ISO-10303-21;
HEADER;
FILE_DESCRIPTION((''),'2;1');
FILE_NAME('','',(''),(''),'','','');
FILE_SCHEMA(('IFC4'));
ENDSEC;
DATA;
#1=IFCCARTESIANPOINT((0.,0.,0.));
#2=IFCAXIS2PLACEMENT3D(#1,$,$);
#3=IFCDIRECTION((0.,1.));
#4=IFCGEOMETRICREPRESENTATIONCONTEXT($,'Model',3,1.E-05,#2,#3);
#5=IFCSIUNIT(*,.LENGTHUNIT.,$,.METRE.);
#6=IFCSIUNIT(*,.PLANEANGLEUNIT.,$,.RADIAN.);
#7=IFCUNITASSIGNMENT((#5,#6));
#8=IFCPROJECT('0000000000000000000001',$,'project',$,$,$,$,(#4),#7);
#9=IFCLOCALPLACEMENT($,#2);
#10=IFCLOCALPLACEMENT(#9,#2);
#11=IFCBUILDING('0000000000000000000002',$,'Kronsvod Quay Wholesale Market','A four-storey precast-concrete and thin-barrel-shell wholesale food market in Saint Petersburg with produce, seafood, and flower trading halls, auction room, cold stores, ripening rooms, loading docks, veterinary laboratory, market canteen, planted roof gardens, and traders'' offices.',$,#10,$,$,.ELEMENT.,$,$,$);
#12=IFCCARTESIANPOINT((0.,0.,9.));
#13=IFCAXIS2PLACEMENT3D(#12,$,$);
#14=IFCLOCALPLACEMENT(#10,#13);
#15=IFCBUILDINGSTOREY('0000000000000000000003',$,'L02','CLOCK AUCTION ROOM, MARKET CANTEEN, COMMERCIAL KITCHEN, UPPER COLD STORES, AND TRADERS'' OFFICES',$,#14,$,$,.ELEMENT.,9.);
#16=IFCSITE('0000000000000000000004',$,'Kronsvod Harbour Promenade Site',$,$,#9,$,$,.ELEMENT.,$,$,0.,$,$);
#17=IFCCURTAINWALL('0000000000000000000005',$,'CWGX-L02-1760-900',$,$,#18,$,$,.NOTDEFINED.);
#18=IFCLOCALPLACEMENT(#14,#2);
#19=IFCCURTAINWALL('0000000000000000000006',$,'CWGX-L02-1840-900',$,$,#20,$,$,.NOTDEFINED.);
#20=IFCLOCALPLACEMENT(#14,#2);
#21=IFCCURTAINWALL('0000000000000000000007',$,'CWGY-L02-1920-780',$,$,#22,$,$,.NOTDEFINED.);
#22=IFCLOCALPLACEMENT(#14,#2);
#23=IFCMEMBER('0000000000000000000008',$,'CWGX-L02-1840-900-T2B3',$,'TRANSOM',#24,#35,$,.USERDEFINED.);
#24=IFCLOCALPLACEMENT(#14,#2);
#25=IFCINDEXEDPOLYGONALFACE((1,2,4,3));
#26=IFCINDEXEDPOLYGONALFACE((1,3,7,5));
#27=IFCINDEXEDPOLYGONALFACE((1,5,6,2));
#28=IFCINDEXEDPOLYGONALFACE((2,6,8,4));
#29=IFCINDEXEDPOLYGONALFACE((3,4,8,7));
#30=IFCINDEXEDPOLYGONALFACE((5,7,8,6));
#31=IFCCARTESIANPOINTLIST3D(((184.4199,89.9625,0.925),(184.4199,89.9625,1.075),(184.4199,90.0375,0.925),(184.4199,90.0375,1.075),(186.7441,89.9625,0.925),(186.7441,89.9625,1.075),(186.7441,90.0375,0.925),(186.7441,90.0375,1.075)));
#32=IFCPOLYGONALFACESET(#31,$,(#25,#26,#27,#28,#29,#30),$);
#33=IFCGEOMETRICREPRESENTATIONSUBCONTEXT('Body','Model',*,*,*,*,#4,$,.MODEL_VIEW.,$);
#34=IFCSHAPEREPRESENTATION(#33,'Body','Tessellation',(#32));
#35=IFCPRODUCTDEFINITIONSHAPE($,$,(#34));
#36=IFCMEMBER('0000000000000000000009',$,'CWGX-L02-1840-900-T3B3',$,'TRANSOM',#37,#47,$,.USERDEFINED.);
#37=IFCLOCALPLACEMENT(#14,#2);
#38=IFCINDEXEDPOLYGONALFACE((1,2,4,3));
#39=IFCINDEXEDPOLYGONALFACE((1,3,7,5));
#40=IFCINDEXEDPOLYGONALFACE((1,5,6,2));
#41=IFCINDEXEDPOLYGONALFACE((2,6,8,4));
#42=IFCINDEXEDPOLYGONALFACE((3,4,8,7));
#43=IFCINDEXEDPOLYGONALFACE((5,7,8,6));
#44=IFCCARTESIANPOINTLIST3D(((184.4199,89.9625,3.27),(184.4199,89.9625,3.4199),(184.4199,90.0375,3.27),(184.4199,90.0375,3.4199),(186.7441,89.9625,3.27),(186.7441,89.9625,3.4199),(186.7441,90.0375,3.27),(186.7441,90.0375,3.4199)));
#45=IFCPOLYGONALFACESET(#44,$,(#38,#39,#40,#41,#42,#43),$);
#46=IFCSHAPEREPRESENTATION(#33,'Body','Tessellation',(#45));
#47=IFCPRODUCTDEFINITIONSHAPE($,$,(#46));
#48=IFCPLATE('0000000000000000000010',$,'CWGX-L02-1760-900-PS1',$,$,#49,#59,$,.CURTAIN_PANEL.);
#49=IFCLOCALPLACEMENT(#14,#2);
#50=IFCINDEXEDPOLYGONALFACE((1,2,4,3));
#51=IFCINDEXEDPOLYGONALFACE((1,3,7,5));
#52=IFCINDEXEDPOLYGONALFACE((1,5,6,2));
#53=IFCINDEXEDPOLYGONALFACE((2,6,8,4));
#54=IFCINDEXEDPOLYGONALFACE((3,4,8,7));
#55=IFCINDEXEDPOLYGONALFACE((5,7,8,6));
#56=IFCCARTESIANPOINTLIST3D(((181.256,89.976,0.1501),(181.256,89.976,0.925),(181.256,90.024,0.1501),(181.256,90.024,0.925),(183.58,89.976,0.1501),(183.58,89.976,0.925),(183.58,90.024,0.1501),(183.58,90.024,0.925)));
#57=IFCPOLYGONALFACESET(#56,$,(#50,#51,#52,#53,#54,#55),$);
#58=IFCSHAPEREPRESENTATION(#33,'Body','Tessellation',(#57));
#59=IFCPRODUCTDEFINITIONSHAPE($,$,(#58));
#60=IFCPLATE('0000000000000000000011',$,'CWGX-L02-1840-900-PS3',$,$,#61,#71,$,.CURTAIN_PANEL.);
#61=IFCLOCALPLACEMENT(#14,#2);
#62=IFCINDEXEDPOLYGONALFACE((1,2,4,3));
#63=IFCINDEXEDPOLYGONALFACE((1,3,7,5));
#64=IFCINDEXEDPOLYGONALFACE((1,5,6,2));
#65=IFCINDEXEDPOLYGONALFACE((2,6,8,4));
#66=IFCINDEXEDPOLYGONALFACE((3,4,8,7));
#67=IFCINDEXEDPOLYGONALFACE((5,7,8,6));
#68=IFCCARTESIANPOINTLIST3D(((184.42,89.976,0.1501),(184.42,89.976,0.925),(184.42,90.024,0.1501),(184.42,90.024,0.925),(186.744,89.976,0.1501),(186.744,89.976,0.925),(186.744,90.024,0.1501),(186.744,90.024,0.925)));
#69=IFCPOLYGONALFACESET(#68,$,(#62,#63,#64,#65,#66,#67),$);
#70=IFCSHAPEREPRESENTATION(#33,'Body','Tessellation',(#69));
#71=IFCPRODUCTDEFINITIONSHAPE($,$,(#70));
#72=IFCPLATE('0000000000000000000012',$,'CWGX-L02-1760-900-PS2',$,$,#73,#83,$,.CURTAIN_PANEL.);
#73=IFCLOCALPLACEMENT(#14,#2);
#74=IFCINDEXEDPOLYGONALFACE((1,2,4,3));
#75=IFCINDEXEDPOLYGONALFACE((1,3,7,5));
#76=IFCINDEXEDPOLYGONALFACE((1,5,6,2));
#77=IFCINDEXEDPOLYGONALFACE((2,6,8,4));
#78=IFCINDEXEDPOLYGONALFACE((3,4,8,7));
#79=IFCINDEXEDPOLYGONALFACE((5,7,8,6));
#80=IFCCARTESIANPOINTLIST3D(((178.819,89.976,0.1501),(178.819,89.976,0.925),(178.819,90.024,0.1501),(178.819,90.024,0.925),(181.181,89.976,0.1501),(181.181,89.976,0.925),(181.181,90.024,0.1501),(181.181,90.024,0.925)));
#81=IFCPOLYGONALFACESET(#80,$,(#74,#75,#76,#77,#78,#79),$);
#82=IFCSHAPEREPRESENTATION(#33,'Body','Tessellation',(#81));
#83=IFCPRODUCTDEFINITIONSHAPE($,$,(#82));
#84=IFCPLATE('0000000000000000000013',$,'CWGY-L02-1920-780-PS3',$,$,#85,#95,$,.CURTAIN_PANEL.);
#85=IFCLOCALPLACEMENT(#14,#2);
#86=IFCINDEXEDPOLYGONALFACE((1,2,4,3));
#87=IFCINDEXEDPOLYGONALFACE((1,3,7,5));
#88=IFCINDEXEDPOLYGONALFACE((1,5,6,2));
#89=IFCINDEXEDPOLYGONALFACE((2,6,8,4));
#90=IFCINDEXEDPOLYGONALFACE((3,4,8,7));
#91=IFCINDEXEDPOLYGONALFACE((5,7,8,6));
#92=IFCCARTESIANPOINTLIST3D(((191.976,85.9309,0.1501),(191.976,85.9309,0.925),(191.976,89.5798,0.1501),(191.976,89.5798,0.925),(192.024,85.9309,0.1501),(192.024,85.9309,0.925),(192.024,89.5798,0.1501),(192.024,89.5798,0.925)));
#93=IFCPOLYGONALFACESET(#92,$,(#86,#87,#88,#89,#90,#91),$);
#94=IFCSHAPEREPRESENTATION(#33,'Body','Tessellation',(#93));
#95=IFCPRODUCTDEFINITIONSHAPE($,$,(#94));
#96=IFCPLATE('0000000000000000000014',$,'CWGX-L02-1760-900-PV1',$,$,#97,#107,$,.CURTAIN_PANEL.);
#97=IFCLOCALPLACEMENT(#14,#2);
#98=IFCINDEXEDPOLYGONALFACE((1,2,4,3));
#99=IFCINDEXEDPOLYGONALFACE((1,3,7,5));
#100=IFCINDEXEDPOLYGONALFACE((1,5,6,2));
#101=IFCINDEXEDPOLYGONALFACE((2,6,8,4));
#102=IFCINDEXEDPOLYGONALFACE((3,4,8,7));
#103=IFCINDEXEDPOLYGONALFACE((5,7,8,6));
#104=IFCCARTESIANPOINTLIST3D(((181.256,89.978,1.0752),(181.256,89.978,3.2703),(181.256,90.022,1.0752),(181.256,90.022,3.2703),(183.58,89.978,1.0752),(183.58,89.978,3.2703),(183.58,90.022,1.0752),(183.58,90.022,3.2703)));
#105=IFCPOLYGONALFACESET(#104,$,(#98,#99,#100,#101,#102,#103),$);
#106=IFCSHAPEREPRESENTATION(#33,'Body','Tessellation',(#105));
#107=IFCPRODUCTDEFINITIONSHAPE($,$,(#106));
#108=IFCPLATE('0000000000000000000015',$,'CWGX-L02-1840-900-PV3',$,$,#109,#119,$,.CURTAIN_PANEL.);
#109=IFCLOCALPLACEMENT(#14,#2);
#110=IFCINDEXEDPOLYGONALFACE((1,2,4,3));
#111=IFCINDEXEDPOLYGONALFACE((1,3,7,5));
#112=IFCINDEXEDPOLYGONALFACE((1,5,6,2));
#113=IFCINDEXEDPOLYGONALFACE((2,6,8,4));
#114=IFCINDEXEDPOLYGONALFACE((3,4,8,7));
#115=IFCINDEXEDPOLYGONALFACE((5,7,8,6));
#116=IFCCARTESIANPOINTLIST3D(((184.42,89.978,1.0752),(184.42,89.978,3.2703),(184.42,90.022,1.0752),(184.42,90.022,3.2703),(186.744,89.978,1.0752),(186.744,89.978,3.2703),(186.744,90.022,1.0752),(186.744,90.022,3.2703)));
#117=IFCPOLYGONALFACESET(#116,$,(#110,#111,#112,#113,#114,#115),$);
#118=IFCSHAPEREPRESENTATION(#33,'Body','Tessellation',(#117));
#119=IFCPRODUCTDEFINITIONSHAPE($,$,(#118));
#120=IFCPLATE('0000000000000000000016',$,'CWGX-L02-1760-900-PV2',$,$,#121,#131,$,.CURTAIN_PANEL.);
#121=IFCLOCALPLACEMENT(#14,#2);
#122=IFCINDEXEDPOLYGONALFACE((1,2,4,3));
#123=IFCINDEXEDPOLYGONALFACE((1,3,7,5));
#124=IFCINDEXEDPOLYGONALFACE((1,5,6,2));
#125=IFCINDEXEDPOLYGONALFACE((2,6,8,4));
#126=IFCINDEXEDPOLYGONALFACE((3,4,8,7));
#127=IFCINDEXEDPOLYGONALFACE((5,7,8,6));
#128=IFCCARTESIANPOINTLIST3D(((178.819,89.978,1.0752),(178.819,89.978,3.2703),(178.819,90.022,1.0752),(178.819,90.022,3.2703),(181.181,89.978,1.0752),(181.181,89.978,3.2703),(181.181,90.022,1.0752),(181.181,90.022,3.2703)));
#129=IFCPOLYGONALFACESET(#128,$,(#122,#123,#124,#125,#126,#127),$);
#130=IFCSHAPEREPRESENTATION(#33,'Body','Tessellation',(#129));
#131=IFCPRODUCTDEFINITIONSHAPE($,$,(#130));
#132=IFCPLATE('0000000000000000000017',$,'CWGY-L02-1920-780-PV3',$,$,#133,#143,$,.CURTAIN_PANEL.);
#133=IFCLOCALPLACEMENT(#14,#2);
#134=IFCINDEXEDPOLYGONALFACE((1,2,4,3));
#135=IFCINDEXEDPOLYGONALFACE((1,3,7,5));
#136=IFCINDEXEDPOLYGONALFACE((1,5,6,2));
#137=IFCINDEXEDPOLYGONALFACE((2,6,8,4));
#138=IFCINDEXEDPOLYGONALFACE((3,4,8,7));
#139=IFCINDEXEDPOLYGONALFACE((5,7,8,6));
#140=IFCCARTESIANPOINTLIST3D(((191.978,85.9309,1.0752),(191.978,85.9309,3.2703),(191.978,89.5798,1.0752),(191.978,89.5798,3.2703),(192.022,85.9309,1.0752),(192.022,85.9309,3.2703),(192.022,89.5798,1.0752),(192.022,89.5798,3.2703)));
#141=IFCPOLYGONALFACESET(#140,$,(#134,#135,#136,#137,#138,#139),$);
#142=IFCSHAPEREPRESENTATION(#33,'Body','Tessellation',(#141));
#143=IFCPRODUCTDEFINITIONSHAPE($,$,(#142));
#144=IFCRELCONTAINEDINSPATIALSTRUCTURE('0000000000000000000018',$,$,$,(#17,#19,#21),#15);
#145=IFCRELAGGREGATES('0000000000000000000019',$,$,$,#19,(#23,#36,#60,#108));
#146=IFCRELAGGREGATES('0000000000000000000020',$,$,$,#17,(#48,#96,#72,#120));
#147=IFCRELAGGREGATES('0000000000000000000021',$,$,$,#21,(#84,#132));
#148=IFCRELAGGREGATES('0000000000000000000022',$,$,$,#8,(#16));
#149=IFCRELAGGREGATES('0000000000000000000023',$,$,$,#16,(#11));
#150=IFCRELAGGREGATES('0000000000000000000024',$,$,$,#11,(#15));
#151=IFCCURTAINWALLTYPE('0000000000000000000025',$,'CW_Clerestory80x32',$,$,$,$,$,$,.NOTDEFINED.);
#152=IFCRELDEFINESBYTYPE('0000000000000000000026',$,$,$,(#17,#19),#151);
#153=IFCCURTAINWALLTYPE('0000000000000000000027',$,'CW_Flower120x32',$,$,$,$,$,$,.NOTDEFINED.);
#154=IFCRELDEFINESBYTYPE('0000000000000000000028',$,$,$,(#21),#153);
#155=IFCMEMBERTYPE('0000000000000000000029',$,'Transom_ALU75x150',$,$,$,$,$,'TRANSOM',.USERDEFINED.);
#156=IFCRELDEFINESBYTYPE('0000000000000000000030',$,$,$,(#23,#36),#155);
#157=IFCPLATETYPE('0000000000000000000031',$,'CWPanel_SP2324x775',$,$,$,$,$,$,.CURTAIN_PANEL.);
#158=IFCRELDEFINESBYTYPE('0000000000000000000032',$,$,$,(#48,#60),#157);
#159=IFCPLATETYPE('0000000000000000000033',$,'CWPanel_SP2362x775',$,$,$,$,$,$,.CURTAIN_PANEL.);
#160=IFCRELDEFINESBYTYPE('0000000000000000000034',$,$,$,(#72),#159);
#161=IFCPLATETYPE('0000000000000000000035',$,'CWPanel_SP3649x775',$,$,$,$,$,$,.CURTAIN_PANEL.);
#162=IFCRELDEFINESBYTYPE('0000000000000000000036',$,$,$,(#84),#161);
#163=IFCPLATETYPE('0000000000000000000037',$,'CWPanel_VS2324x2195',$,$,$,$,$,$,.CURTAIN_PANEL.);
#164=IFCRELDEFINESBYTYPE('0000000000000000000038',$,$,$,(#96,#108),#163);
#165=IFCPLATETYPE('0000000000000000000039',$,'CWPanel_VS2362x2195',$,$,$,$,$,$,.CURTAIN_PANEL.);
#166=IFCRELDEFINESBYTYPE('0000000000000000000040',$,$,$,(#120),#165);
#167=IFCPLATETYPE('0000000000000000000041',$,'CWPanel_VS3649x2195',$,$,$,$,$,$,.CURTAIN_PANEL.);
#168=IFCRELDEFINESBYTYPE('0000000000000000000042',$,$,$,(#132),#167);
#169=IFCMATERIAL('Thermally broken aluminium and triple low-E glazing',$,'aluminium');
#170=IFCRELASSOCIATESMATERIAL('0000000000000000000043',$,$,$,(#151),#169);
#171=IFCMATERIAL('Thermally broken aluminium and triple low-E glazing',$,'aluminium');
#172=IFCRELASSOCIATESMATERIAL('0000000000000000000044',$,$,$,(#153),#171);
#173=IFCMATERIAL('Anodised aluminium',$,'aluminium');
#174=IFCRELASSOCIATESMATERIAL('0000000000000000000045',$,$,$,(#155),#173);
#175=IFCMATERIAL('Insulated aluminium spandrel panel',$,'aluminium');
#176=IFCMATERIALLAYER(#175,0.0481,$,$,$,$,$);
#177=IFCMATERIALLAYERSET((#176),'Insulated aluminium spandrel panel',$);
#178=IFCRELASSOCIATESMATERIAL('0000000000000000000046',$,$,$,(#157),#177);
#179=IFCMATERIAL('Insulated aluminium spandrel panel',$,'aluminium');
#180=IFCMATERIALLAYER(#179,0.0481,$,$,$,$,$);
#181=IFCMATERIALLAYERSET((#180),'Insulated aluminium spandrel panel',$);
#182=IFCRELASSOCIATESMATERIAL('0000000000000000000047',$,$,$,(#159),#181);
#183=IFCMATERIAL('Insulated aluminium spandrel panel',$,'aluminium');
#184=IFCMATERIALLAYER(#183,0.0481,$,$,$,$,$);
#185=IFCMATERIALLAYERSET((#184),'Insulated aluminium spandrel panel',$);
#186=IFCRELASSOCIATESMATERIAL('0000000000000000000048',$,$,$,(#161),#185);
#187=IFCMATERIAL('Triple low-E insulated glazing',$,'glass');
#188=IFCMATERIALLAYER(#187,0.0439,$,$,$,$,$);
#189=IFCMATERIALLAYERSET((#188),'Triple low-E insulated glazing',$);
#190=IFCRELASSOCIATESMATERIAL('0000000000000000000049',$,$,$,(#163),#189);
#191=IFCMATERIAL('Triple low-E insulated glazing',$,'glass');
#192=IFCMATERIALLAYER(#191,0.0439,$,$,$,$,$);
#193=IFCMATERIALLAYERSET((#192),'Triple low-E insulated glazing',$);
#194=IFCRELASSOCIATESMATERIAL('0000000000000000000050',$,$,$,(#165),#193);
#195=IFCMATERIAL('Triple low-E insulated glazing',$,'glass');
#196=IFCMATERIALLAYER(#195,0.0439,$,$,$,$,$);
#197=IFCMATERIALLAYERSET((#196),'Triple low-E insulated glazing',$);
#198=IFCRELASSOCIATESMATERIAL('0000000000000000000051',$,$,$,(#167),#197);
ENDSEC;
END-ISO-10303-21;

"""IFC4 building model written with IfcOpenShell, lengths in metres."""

from ifc_helpers import new_model, si_unit, direction, frame, origin, origin_2d, place, context, subcontext, project, spatial, rectangle, extrude, material, layer, layer_set, material_profile, profile_set, type_object, element, aggregate, save


model = new_model("IFC4")

# Units and contexts
model_context = context("Model", 3, precision=1e-05, world=origin(), true_north=direction((0.0, 1.0)))
body_context = subcontext(model_context, "Body", "Model", "MODEL_VIEW")
ifc_project = project(units=[si_unit("LENGTHUNIT", "METRE"), si_unit("PLANEANGLEUNIT", "RADIAN")], contexts=[model_context])

# Site, building, storey
site_placement = place(None, origin())
site = spatial("IfcSite", under=ifc_project, at=site_placement, Name="Kronsvod Harbour Promenade Site", CompositionType="ELEMENT", RefElevation=0.0)
building_placement = place(site_placement, origin())
building = spatial("IfcBuilding", under=site, at=building_placement, Name="Kronsvod Quay Wholesale Market", Description="A four-storey precast-concrete and thin-barrel-shell wholesale food market in Saint Petersburg with produce, seafood, and flower trading halls, auction room, cold stores, ripening rooms, loading docks, veterinary laboratory, market canteen, planted roof gardens, and traders' offices.", CompositionType="ELEMENT")
storey_placement = place(building_placement, frame((0.0, 0.0, 9.0)))
storey = spatial("IfcBuildingStorey", under=building, at=storey_placement, Name="L02", Description="CLOCK AUCTION ROOM, MARKET CANTEEN, COMMERCIAL KITCHEN, UPPER COLD STORES, AND TRADERS' OFFICES", CompositionType="ELEMENT", Elevation=9.0)

# Curtain walls
ifc_material_1 = material(Name="Thermally broken aluminium and triple low-E glazing", Category="aluminium")
curtain_wall_type_1 = type_object("IfcCurtainWallType", Name="CW_Clerestory80x32", PredefinedType="NOTDEFINED", material=ifc_material_1)
curtain_wall_1_placement = place(storey_placement, origin())
curtain_wall_1 = element("IfcCurtainWall", 1, at=curtain_wall_1_placement, inside=storey, type_object=curtain_wall_type_1, Name="CWGX-L02-1760-900", PredefinedType="NOTDEFINED")
curtain_wall_2_placement = place(storey_placement, origin())
curtain_wall_2 = element("IfcCurtainWall", 2, at=curtain_wall_2_placement, inside=storey, type_object=curtain_wall_type_1, Name="CWGX-L02-1840-900", PredefinedType="NOTDEFINED")

# Curtain wall
ifc_material_2 = material(Name="Thermally broken aluminium and triple low-E glazing", Category="aluminium")
curtain_wall_type_2 = type_object("IfcCurtainWallType", Name="CW_Flower120x32", PredefinedType="NOTDEFINED", material=ifc_material_2)
curtain_wall_3_placement = place(storey_placement, origin())
curtain_wall_3 = element("IfcCurtainWall", 3, at=curtain_wall_3_placement, inside=storey, type_object=curtain_wall_type_2, Name="CWGY-L02-1920-780", PredefinedType="NOTDEFINED")

# Members
ifc_material_3 = material(Name="Anodised aluminium", Category="aluminium")
ifc_material_profile_1 = material_profile(ifc_material_3, rectangle(XDim=0.075, YDim=0.1499, at=origin_2d()), Name="ALUT75x150")
ifc_profile_set_1 = profile_set([ifc_material_profile_1], Name="Anodised aluminium")
member_type_1 = type_object("IfcMemberType", Name="Transom_ALU75x150", ElementType="TRANSOM", PredefinedType="USERDEFINED", material=ifc_profile_set_1)
member_1_placement = place(storey_placement, frame((186.7441, 90.0, 1.0), z_axis=(-1.0, 0.0, 0.0), x_axis=(0.0, -1.0, 0.0)))
member_1 = element("IfcMember", 4, at=member_1_placement, type_object=member_type_1, Name="CWGX-L02-1840-900-T2B3", ObjectType="TRANSOM", PredefinedType="USERDEFINED", context=body_context, shape_type="SweptSolid", body=[
    extrude(rectangle(XDim=0.075, YDim=0.1499, at=origin_2d()), origin(), (0.0, 0.0, 1.0), 2.3242),
])
member_2_placement = place(storey_placement, frame((186.7441, 90.0, 3.345), z_axis=(-1.0, 0.0, 0.0), x_axis=(0.0, -1.0, 0.0)))
member_2 = element("IfcMember", 5, at=member_2_placement, type_object=member_type_1, Name="CWGX-L02-1840-900-T3B3", ObjectType="TRANSOM", PredefinedType="USERDEFINED", context=body_context, shape_type="SweptSolid", body=[
    extrude(rectangle(XDim=0.075, YDim=0.1499, at=origin_2d()), origin(), (0.0, 0.0, 1.0), 2.3242),
])

# Plates
ifc_material_4 = material(Name="Insulated aluminium spandrel panel", Category="aluminium")
ifc_layer_1 = layer(ifc_material_4, 0.0481)
ifc_layer_set_1 = layer_set([ifc_layer_1], Name="Insulated aluminium spandrel panel")
plate_type_1 = type_object("IfcPlateType", Name="CWPanel_SP2324x775", PredefinedType="CURTAIN_PANEL", material=ifc_layer_set_1)
plate_1_placement = place(storey_placement, frame((182.418, 90.0, 0.1501), z_axis=(0.0, 0.0, 1.0), x_axis=(-1.0, 0.0, 0.0)))
plate_1 = element("IfcPlate", 6, at=plate_1_placement, type_object=plate_type_1, Name="CWGX-L02-1760-900-PS1", PredefinedType="CURTAIN_PANEL", context=body_context, shape_type="SweptSolid", body=[
    extrude(rectangle(XDim=2.324, YDim=0.0481, at=origin_2d()), origin(), (0.0, 0.0, 1.0), 0.7749),
])
plate_2_placement = place(storey_placement, frame((185.582, 90.0, 0.1501), z_axis=(0.0, 0.0, 1.0), x_axis=(-1.0, 0.0, 0.0)))
plate_2 = element("IfcPlate", 7, at=plate_2_placement, type_object=plate_type_1, Name="CWGX-L02-1840-900-PS3", PredefinedType="CURTAIN_PANEL", context=body_context, shape_type="SweptSolid", body=[
    extrude(rectangle(XDim=2.324, YDim=0.0481, at=origin_2d()), origin(), (0.0, 0.0, 1.0), 0.7749),
])
ifc_material_5 = material(Name="Insulated aluminium spandrel panel", Category="aluminium")
ifc_layer_2 = layer(ifc_material_5, 0.0481)
ifc_layer_set_2 = layer_set([ifc_layer_2], Name="Insulated aluminium spandrel panel")
plate_type_2 = type_object("IfcPlateType", Name="CWPanel_SP2362x775", PredefinedType="CURTAIN_PANEL", material=ifc_layer_set_2)
plate_3_placement = place(storey_placement, frame((180.0, 90.0, 0.1501), z_axis=(0.0, 0.0, 1.0), x_axis=(-1.0, 0.0, 0.0)))
plate_3 = element("IfcPlate", 8, at=plate_3_placement, type_object=plate_type_2, Name="CWGX-L02-1760-900-PS2", PredefinedType="CURTAIN_PANEL", context=body_context, shape_type="SweptSolid", body=[
    extrude(rectangle(XDim=2.3621, YDim=0.0481, at=origin_2d()), origin(), (0.0, 0.0, 1.0), 0.7749),
])
ifc_material_6 = material(Name="Insulated aluminium spandrel panel", Category="aluminium")
ifc_layer_3 = layer(ifc_material_6, 0.0481)
ifc_layer_set_3 = layer_set([ifc_layer_3], Name="Insulated aluminium spandrel panel")
plate_type_3 = type_object("IfcPlateType", Name="CWPanel_SP3649x775", PredefinedType="CURTAIN_PANEL", material=ifc_layer_set_3)
plate_4_placement = place(storey_placement, frame((192.0, 87.7554, 0.1501), z_axis=(0.0, 0.0, 1.0), x_axis=(0.0, 1.0, 0.0)))
plate_4 = element("IfcPlate", 9, at=plate_4_placement, type_object=plate_type_3, Name="CWGY-L02-1920-780-PS3", PredefinedType="CURTAIN_PANEL", context=body_context, shape_type="SweptSolid", body=[
    extrude(rectangle(XDim=3.6489, YDim=0.0481, at=origin_2d()), origin(), (0.0, 0.0, 1.0), 0.7749),
])
ifc_material_7 = material(Name="Triple low-E insulated glazing", Category="glass")
ifc_layer_4 = layer(ifc_material_7, 0.0439)
ifc_layer_set_4 = layer_set([ifc_layer_4], Name="Triple low-E insulated glazing")
plate_type_4 = type_object("IfcPlateType", Name="CWPanel_VS2324x2195", PredefinedType="CURTAIN_PANEL", material=ifc_layer_set_4)
plate_5_placement = place(storey_placement, frame((182.418, 90.0, 1.0752), z_axis=(0.0, 0.0, 1.0), x_axis=(-1.0, 0.0, 0.0)))
plate_5 = element("IfcPlate", 10, at=plate_5_placement, type_object=plate_type_4, Name="CWGX-L02-1760-900-PV1", PredefinedType="CURTAIN_PANEL", context=body_context, shape_type="SweptSolid", body=[
    extrude(rectangle(XDim=2.324, YDim=0.0439, at=origin_2d()), origin(), (0.0, 0.0, 1.0), 2.1951),
])
plate_6_placement = place(storey_placement, frame((185.582, 90.0, 1.0752), z_axis=(0.0, 0.0, 1.0), x_axis=(-1.0, 0.0, 0.0)))
plate_6 = element("IfcPlate", 11, at=plate_6_placement, type_object=plate_type_4, Name="CWGX-L02-1840-900-PV3", PredefinedType="CURTAIN_PANEL", context=body_context, shape_type="SweptSolid", body=[
    extrude(rectangle(XDim=2.324, YDim=0.0439, at=origin_2d()), origin(), (0.0, 0.0, 1.0), 2.1951),
])
aggregate(curtain_wall_2, [member_1, member_2, plate_2, plate_6])
ifc_material_8 = material(Name="Triple low-E insulated glazing", Category="glass")
ifc_layer_5 = layer(ifc_material_8, 0.0439)
ifc_layer_set_5 = layer_set([ifc_layer_5], Name="Triple low-E insulated glazing")
plate_type_5 = type_object("IfcPlateType", Name="CWPanel_VS2362x2195", PredefinedType="CURTAIN_PANEL", material=ifc_layer_set_5)
plate_7_placement = place(storey_placement, frame((180.0, 90.0, 1.0752), z_axis=(0.0, 0.0, 1.0), x_axis=(-1.0, 0.0, 0.0)))
plate_7 = element("IfcPlate", 12, at=plate_7_placement, type_object=plate_type_5, Name="CWGX-L02-1760-900-PV2", PredefinedType="CURTAIN_PANEL", context=body_context, shape_type="SweptSolid", body=[
    extrude(rectangle(XDim=2.3621, YDim=0.0439, at=origin_2d()), origin(), (0.0, 0.0, 1.0), 2.1951),
])
aggregate(curtain_wall_1, [plate_1, plate_5, plate_3, plate_7])
ifc_material_9 = material(Name="Triple low-E insulated glazing", Category="glass")
ifc_layer_6 = layer(ifc_material_9, 0.0439)
ifc_layer_set_6 = layer_set([ifc_layer_6], Name="Triple low-E insulated glazing")
plate_type_6 = type_object("IfcPlateType", Name="CWPanel_VS3649x2195", PredefinedType="CURTAIN_PANEL", material=ifc_layer_set_6)
plate_8_placement = place(storey_placement, frame((192.0, 87.7554, 1.0752), z_axis=(0.0, 0.0, 1.0), x_axis=(0.0, 1.0, 0.0)))
plate_8 = element("IfcPlate", 13, at=plate_8_placement, type_object=plate_type_6, Name="CWGY-L02-1920-780-PV3", PredefinedType="CURTAIN_PANEL", context=body_context, shape_type="SweptSolid", body=[
    extrude(rectangle(XDim=3.6489, YDim=0.0439, at=origin_2d()), origin(), (0.0, 0.0, 1.0), 2.1951),
])
aggregate(curtain_wall_3, [plate_4, plate_8])

save(model, "model.ifc")
